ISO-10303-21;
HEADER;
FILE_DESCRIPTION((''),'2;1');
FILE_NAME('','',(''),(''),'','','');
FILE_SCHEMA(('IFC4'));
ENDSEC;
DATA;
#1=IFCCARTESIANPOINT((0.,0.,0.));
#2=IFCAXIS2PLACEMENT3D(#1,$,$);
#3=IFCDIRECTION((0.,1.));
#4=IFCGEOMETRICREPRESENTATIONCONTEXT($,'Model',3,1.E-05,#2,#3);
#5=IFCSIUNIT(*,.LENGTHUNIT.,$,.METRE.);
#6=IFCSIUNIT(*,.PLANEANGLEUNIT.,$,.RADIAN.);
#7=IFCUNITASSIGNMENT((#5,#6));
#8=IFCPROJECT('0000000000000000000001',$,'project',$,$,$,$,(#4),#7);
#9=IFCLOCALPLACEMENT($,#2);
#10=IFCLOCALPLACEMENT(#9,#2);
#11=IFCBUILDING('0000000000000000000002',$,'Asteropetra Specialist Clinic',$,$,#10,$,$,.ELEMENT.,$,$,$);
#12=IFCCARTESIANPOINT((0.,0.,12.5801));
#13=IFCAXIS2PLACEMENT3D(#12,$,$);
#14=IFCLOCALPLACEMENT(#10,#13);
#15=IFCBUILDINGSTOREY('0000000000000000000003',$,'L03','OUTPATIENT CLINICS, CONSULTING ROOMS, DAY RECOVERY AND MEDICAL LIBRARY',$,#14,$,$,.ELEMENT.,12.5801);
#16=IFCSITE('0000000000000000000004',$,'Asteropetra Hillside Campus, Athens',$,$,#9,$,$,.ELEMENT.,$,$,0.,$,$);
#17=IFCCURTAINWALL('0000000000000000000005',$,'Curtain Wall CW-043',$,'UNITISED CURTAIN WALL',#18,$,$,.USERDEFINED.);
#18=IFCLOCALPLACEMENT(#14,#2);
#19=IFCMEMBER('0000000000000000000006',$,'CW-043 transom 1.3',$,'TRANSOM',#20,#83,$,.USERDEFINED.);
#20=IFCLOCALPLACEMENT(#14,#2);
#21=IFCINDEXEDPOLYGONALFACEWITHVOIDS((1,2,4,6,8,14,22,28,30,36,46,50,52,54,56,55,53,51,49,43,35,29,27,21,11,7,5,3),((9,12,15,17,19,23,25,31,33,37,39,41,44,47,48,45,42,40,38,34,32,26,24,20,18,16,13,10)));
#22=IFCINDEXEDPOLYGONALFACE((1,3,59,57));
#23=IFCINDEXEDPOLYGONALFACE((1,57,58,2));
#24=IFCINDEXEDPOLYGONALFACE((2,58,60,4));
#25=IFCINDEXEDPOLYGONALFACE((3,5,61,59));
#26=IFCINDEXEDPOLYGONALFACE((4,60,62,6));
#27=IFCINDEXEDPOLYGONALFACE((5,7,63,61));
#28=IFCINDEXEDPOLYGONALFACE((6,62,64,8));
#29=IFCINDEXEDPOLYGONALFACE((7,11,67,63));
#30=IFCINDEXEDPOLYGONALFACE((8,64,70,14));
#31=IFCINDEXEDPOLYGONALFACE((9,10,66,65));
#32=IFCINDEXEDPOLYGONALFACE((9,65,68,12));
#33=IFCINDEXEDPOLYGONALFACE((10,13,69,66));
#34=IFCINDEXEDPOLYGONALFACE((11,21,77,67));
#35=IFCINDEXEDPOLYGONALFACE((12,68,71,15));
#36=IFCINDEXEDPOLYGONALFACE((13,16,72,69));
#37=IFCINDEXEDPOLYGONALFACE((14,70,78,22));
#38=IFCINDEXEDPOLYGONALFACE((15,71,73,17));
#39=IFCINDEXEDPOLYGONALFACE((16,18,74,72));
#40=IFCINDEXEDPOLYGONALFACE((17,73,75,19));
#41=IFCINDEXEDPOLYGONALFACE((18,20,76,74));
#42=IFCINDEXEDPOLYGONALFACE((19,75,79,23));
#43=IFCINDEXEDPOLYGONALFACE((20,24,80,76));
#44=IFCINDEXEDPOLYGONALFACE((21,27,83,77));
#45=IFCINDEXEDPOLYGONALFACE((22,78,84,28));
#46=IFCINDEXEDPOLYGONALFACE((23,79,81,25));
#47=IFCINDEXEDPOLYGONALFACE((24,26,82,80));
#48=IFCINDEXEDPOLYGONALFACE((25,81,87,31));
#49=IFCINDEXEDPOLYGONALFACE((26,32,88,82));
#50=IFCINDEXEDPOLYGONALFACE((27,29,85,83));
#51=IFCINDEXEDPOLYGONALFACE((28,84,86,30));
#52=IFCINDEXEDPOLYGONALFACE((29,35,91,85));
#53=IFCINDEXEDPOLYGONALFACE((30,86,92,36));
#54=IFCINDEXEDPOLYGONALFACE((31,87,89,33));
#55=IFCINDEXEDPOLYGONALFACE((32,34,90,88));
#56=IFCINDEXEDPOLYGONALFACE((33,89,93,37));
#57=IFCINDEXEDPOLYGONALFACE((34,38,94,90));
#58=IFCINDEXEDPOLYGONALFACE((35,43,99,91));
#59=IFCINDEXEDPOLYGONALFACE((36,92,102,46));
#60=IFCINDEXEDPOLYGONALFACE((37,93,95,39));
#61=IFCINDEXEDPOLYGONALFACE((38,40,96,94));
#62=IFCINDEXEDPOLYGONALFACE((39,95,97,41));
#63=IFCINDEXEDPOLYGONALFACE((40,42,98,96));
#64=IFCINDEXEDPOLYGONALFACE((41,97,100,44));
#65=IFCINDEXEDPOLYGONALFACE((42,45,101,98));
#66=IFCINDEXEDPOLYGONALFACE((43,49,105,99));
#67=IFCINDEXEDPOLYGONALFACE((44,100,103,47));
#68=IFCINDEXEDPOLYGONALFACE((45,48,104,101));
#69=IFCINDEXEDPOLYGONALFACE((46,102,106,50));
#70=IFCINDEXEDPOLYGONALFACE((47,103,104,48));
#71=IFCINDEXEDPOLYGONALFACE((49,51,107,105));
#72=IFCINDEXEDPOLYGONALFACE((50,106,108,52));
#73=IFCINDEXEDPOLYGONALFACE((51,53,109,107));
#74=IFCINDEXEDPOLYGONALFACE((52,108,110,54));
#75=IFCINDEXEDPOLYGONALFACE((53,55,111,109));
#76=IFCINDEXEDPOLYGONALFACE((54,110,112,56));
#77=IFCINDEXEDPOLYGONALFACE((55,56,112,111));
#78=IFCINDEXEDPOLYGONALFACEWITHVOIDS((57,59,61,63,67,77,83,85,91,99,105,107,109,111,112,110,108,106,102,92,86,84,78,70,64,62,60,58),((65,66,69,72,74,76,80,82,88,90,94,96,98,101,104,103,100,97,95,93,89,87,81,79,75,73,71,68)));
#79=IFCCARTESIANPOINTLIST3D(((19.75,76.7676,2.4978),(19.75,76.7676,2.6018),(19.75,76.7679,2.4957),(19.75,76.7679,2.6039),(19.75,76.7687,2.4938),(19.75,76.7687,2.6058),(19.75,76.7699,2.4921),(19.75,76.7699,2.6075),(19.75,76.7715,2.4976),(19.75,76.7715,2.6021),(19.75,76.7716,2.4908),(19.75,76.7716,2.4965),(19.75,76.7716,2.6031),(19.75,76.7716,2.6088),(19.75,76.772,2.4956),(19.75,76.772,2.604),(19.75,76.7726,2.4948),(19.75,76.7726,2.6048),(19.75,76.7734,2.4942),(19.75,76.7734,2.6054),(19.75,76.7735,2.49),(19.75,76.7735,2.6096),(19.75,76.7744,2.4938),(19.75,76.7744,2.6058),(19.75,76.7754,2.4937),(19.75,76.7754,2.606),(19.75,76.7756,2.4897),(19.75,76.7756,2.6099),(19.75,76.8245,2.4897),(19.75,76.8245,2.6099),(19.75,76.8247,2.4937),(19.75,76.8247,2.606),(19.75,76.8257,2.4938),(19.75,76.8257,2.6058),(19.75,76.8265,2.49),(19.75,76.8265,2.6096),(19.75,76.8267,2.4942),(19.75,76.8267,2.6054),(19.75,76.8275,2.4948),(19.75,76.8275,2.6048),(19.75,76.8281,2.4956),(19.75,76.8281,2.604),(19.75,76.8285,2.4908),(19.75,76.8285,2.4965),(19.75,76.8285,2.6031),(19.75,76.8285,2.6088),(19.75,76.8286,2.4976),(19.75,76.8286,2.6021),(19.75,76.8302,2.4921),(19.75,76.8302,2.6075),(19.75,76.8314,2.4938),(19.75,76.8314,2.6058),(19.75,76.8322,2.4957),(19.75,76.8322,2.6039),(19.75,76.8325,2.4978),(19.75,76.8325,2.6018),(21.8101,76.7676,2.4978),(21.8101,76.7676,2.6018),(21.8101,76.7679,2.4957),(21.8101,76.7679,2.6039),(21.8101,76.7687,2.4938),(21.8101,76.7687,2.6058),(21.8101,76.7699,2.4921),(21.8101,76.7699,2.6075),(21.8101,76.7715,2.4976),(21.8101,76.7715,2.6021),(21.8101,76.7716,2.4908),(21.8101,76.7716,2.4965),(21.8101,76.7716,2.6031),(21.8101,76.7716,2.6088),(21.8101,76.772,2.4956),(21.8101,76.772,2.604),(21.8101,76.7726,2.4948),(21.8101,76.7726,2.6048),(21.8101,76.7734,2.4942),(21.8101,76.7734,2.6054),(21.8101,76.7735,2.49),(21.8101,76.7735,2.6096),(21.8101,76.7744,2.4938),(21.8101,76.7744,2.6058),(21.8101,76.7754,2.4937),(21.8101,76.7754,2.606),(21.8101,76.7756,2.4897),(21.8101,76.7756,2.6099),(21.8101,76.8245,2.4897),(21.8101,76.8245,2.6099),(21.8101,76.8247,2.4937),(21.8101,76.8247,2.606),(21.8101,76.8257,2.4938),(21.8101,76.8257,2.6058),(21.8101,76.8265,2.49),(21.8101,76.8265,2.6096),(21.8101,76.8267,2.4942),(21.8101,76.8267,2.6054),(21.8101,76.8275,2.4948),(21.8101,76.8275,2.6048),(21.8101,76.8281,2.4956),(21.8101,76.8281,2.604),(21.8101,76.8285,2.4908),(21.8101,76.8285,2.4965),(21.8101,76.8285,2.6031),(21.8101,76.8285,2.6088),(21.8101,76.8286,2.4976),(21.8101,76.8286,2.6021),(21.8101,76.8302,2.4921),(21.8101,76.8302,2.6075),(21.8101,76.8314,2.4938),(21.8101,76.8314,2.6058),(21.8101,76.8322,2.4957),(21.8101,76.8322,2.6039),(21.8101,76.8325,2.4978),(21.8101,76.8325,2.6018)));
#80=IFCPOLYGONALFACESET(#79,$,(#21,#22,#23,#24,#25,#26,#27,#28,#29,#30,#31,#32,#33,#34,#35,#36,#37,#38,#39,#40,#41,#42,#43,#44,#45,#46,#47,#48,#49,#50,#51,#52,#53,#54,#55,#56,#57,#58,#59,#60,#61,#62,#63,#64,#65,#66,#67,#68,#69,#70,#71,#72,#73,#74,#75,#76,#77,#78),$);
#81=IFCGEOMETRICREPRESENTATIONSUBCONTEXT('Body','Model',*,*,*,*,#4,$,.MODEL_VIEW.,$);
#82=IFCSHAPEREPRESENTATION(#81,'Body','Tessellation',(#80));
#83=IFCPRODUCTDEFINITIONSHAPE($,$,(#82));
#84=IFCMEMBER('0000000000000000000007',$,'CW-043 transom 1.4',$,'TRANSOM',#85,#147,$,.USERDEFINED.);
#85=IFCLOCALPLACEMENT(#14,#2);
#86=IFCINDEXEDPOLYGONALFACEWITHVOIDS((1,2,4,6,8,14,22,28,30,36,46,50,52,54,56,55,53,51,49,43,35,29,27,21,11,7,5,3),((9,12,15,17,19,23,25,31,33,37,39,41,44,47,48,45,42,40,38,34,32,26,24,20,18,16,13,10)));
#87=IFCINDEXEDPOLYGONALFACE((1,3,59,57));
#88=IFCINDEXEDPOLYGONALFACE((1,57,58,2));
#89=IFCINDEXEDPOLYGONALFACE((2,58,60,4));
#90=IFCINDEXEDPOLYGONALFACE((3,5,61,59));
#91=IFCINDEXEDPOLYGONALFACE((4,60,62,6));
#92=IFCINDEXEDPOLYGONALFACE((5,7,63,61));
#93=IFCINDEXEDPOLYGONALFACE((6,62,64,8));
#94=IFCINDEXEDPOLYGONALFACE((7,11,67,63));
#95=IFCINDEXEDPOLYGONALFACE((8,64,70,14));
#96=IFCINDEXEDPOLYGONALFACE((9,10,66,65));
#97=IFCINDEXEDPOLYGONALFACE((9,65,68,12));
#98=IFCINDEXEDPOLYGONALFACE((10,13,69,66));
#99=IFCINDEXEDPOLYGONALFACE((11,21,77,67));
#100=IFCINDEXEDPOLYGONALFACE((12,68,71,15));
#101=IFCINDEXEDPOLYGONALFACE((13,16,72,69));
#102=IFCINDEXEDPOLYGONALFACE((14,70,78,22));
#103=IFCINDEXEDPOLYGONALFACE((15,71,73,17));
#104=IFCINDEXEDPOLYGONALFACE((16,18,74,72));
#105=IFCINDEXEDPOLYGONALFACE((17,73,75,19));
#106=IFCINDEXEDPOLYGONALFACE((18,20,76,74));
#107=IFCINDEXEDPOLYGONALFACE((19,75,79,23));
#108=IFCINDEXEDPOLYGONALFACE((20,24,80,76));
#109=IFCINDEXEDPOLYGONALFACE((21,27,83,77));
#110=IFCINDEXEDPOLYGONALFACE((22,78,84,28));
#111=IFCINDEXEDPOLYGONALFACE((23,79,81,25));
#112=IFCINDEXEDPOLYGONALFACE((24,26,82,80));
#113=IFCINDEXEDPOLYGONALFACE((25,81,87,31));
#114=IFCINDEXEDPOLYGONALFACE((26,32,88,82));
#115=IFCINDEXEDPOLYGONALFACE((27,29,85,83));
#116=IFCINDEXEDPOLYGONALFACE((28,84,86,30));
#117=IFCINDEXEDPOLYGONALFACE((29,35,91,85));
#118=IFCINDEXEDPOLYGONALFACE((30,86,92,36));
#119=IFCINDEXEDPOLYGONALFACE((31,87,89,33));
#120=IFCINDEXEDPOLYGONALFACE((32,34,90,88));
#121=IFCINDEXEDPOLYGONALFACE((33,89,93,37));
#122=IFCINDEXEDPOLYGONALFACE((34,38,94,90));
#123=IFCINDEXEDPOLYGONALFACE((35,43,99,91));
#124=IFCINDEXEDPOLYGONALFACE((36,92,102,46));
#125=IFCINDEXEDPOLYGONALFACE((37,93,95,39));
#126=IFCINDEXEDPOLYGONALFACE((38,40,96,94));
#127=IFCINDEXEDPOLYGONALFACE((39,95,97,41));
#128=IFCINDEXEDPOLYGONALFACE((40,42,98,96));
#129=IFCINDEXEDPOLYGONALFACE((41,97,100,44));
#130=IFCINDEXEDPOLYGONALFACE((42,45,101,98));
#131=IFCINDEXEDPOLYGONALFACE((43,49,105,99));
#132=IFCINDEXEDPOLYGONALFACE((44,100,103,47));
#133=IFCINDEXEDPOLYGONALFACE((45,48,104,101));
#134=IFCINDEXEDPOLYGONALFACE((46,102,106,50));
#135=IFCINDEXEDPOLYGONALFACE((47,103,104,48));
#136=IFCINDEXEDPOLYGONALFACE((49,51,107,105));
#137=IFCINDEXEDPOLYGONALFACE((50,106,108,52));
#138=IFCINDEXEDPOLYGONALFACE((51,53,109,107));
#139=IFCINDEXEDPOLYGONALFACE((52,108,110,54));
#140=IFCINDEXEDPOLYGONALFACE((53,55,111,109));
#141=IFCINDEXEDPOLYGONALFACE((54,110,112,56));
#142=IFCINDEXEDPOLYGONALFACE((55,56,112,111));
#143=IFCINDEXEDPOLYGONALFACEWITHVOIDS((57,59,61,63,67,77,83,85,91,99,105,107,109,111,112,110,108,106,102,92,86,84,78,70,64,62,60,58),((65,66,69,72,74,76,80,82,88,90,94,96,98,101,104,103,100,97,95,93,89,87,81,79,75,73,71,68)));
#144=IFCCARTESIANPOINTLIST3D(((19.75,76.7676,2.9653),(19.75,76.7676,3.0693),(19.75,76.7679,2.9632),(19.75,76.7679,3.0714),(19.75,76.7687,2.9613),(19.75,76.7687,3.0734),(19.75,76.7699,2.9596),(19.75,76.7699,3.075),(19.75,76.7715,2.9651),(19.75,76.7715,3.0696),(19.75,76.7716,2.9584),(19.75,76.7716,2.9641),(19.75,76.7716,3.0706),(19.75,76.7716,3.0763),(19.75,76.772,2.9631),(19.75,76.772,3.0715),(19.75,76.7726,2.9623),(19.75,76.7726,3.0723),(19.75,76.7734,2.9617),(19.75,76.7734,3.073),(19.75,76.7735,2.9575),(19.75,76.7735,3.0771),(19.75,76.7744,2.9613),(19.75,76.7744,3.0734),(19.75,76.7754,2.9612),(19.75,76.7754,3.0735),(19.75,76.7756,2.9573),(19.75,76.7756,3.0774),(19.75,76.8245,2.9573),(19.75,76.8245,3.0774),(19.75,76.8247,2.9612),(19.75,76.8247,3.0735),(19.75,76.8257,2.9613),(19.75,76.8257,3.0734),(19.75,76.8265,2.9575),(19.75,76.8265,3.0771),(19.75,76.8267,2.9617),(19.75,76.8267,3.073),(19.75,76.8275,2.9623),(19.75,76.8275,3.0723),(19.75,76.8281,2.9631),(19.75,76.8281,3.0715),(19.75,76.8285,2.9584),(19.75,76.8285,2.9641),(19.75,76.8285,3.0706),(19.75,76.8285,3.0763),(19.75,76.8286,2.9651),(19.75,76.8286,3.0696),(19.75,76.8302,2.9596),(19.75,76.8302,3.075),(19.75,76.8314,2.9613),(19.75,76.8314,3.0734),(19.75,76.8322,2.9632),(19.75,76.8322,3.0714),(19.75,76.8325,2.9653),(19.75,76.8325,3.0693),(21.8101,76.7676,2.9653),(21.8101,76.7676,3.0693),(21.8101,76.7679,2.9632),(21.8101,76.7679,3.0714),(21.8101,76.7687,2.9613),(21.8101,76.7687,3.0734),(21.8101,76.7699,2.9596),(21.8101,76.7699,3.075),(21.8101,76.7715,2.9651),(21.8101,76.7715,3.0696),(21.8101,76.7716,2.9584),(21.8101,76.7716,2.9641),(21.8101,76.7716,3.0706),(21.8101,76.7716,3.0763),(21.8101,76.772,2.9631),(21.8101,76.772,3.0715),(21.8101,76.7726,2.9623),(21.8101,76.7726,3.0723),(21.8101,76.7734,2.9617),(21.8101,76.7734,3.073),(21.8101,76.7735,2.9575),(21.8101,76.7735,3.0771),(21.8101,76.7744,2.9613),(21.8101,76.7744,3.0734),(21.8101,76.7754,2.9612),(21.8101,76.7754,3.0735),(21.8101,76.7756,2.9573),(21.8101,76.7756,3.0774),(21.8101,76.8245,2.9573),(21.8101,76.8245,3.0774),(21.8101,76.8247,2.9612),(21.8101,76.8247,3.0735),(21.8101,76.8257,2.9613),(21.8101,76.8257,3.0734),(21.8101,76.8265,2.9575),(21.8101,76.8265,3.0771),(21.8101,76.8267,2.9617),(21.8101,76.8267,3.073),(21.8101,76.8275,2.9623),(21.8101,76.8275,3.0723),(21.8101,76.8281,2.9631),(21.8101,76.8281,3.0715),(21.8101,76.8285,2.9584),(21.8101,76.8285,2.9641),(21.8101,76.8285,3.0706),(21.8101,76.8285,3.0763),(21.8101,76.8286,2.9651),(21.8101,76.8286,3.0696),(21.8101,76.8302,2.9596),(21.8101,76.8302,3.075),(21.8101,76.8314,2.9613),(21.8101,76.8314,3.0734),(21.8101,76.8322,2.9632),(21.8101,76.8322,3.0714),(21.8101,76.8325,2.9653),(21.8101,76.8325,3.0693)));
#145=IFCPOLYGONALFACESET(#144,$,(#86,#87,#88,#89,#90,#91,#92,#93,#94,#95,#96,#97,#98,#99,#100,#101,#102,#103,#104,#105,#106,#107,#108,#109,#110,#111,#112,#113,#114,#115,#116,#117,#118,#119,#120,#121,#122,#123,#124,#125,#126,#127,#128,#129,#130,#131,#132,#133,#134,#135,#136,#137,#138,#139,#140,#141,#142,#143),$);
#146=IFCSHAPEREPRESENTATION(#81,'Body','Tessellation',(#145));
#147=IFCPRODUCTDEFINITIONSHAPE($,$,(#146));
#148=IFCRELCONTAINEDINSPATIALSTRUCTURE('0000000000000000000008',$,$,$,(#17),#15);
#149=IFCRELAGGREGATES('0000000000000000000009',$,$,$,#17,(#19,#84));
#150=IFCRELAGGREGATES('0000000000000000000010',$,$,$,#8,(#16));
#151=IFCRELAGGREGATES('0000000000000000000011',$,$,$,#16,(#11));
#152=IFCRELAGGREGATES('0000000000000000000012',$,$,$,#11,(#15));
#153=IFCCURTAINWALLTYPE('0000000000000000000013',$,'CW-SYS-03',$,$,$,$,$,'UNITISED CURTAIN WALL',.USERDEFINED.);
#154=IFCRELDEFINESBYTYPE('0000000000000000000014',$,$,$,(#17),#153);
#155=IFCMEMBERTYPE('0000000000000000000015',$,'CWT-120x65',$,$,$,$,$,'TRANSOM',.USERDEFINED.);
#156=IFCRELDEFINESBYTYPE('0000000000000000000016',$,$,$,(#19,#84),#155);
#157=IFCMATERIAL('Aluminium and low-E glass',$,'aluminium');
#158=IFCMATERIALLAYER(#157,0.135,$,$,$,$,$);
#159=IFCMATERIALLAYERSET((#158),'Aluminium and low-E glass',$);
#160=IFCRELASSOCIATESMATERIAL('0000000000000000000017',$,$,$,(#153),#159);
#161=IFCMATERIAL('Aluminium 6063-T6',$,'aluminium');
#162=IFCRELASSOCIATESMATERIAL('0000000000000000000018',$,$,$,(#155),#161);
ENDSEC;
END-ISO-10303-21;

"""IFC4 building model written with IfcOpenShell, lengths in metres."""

from ifc_helpers import new_model, si_unit, direction, frame, origin, origin_2d, place, context, subcontext, project, spatial, hollow_rectangle, extrude, material, layer, layer_set, material_profile, profile_set, type_object, element, aggregate, save


model = new_model("IFC4")

# Units and contexts
model_context = context("Model", 3, precision=1e-05, world=origin(), true_north=direction((0.0, 1.0)))
body_context = subcontext(model_context, "Body", "Model", "MODEL_VIEW")
ifc_project = project(units=[si_unit("LENGTHUNIT", "METRE"), si_unit("PLANEANGLEUNIT", "RADIAN")], contexts=[model_context])

# Site, building, storey
site_placement = place(None, origin())
site = spatial("IfcSite", under=ifc_project, at=site_placement, Name="Asteropetra Hillside Campus, Athens", CompositionType="ELEMENT", RefElevation=0.0)
building_placement = place(site_placement, origin())
building = spatial("IfcBuilding", under=site, at=building_placement, Name="Asteropetra Specialist Clinic", CompositionType="ELEMENT")
storey_placement = place(building_placement, frame((0.0, 0.0, 12.5801)))
storey = spatial("IfcBuildingStorey", under=building, at=storey_placement, Name="L03", Description="OUTPATIENT CLINICS, CONSULTING ROOMS, DAY RECOVERY AND MEDICAL LIBRARY", CompositionType="ELEMENT", Elevation=12.5801)

# Curtain wall
ifc_material_1 = material(Name="Aluminium and low-E glass", Category="aluminium")
ifc_layer_1 = layer(ifc_material_1, 0.135)
ifc_layer_set_1 = layer_set([ifc_layer_1], Name="Aluminium and low-E glass")
curtain_wall_type_1 = type_object("IfcCurtainWallType", Name="CW-SYS-03", ElementType="UNITISED CURTAIN WALL", PredefinedType="USERDEFINED", material=ifc_layer_set_1)
curtain_wall_1_placement = place(storey_placement, origin())
curtain_wall_1 = element("IfcCurtainWall", 1, at=curtain_wall_1_placement, inside=storey, type_object=curtain_wall_type_1, Name="Curtain Wall CW-043", ObjectType="UNITISED CURTAIN WALL", PredefinedType="USERDEFINED")

# Members
ifc_material_2 = material(Name="Aluminium 6063-T6", Category="aluminium")
ifc_material_profile_1 = material_profile(ifc_material_2, hollow_rectangle(XDim=0.0649, YDim=0.1201, WallThickness=0.0039, InnerFilletRadius=0.0039, OuterFilletRadius=0.0081, at=origin_2d()), Name="TRN 120x65x4.0")
ifc_profile_set_1 = profile_set([ifc_material_profile_1], Name="Aluminium 6063-T6")
member_type_1 = type_object("IfcMemberType", Name="CWT-120x65", ElementType="TRANSOM", PredefinedType="USERDEFINED", material=ifc_profile_set_1)
member_1_placement = place(storey_placement, frame((19.75, 76.8, 2.5498), z_axis=(1.0, 0.0, 0.0), x_axis=(0.0, 1.0, 0.0)))
member_1 = element("IfcMember", 2, at=member_1_placement, type_object=member_type_1, Name="CW-043 transom 1.3", ObjectType="TRANSOM", PredefinedType="USERDEFINED", context=body_context, shape_type="SweptSolid", body=[
    extrude(hollow_rectangle(XDim=0.0649, YDim=0.1201, WallThickness=0.0039, InnerFilletRadius=0.0039, OuterFilletRadius=0.0081, at=origin_2d()), origin(), (0.0, 0.0, 1.0), 2.0601),
])
member_2_placement = place(storey_placement, frame((19.75, 76.8, 3.0173), z_axis=(1.0, 0.0, 0.0), x_axis=(0.0, 1.0, 0.0)))
member_2 = element("IfcMember", 3, at=member_2_placement, type_object=member_type_1, Name="CW-043 transom 1.4", ObjectType="TRANSOM", PredefinedType="USERDEFINED", context=body_context, shape_type="SweptSolid", body=[
    extrude(hollow_rectangle(XDim=0.0649, YDim=0.1201, WallThickness=0.0039, InnerFilletRadius=0.0039, OuterFilletRadius=0.0081, at=origin_2d()), origin(), (0.0, 0.0, 1.0), 2.0601),
])

aggregate(curtain_wall_1, [member_1, member_2])

save(model, "model.ifc")
